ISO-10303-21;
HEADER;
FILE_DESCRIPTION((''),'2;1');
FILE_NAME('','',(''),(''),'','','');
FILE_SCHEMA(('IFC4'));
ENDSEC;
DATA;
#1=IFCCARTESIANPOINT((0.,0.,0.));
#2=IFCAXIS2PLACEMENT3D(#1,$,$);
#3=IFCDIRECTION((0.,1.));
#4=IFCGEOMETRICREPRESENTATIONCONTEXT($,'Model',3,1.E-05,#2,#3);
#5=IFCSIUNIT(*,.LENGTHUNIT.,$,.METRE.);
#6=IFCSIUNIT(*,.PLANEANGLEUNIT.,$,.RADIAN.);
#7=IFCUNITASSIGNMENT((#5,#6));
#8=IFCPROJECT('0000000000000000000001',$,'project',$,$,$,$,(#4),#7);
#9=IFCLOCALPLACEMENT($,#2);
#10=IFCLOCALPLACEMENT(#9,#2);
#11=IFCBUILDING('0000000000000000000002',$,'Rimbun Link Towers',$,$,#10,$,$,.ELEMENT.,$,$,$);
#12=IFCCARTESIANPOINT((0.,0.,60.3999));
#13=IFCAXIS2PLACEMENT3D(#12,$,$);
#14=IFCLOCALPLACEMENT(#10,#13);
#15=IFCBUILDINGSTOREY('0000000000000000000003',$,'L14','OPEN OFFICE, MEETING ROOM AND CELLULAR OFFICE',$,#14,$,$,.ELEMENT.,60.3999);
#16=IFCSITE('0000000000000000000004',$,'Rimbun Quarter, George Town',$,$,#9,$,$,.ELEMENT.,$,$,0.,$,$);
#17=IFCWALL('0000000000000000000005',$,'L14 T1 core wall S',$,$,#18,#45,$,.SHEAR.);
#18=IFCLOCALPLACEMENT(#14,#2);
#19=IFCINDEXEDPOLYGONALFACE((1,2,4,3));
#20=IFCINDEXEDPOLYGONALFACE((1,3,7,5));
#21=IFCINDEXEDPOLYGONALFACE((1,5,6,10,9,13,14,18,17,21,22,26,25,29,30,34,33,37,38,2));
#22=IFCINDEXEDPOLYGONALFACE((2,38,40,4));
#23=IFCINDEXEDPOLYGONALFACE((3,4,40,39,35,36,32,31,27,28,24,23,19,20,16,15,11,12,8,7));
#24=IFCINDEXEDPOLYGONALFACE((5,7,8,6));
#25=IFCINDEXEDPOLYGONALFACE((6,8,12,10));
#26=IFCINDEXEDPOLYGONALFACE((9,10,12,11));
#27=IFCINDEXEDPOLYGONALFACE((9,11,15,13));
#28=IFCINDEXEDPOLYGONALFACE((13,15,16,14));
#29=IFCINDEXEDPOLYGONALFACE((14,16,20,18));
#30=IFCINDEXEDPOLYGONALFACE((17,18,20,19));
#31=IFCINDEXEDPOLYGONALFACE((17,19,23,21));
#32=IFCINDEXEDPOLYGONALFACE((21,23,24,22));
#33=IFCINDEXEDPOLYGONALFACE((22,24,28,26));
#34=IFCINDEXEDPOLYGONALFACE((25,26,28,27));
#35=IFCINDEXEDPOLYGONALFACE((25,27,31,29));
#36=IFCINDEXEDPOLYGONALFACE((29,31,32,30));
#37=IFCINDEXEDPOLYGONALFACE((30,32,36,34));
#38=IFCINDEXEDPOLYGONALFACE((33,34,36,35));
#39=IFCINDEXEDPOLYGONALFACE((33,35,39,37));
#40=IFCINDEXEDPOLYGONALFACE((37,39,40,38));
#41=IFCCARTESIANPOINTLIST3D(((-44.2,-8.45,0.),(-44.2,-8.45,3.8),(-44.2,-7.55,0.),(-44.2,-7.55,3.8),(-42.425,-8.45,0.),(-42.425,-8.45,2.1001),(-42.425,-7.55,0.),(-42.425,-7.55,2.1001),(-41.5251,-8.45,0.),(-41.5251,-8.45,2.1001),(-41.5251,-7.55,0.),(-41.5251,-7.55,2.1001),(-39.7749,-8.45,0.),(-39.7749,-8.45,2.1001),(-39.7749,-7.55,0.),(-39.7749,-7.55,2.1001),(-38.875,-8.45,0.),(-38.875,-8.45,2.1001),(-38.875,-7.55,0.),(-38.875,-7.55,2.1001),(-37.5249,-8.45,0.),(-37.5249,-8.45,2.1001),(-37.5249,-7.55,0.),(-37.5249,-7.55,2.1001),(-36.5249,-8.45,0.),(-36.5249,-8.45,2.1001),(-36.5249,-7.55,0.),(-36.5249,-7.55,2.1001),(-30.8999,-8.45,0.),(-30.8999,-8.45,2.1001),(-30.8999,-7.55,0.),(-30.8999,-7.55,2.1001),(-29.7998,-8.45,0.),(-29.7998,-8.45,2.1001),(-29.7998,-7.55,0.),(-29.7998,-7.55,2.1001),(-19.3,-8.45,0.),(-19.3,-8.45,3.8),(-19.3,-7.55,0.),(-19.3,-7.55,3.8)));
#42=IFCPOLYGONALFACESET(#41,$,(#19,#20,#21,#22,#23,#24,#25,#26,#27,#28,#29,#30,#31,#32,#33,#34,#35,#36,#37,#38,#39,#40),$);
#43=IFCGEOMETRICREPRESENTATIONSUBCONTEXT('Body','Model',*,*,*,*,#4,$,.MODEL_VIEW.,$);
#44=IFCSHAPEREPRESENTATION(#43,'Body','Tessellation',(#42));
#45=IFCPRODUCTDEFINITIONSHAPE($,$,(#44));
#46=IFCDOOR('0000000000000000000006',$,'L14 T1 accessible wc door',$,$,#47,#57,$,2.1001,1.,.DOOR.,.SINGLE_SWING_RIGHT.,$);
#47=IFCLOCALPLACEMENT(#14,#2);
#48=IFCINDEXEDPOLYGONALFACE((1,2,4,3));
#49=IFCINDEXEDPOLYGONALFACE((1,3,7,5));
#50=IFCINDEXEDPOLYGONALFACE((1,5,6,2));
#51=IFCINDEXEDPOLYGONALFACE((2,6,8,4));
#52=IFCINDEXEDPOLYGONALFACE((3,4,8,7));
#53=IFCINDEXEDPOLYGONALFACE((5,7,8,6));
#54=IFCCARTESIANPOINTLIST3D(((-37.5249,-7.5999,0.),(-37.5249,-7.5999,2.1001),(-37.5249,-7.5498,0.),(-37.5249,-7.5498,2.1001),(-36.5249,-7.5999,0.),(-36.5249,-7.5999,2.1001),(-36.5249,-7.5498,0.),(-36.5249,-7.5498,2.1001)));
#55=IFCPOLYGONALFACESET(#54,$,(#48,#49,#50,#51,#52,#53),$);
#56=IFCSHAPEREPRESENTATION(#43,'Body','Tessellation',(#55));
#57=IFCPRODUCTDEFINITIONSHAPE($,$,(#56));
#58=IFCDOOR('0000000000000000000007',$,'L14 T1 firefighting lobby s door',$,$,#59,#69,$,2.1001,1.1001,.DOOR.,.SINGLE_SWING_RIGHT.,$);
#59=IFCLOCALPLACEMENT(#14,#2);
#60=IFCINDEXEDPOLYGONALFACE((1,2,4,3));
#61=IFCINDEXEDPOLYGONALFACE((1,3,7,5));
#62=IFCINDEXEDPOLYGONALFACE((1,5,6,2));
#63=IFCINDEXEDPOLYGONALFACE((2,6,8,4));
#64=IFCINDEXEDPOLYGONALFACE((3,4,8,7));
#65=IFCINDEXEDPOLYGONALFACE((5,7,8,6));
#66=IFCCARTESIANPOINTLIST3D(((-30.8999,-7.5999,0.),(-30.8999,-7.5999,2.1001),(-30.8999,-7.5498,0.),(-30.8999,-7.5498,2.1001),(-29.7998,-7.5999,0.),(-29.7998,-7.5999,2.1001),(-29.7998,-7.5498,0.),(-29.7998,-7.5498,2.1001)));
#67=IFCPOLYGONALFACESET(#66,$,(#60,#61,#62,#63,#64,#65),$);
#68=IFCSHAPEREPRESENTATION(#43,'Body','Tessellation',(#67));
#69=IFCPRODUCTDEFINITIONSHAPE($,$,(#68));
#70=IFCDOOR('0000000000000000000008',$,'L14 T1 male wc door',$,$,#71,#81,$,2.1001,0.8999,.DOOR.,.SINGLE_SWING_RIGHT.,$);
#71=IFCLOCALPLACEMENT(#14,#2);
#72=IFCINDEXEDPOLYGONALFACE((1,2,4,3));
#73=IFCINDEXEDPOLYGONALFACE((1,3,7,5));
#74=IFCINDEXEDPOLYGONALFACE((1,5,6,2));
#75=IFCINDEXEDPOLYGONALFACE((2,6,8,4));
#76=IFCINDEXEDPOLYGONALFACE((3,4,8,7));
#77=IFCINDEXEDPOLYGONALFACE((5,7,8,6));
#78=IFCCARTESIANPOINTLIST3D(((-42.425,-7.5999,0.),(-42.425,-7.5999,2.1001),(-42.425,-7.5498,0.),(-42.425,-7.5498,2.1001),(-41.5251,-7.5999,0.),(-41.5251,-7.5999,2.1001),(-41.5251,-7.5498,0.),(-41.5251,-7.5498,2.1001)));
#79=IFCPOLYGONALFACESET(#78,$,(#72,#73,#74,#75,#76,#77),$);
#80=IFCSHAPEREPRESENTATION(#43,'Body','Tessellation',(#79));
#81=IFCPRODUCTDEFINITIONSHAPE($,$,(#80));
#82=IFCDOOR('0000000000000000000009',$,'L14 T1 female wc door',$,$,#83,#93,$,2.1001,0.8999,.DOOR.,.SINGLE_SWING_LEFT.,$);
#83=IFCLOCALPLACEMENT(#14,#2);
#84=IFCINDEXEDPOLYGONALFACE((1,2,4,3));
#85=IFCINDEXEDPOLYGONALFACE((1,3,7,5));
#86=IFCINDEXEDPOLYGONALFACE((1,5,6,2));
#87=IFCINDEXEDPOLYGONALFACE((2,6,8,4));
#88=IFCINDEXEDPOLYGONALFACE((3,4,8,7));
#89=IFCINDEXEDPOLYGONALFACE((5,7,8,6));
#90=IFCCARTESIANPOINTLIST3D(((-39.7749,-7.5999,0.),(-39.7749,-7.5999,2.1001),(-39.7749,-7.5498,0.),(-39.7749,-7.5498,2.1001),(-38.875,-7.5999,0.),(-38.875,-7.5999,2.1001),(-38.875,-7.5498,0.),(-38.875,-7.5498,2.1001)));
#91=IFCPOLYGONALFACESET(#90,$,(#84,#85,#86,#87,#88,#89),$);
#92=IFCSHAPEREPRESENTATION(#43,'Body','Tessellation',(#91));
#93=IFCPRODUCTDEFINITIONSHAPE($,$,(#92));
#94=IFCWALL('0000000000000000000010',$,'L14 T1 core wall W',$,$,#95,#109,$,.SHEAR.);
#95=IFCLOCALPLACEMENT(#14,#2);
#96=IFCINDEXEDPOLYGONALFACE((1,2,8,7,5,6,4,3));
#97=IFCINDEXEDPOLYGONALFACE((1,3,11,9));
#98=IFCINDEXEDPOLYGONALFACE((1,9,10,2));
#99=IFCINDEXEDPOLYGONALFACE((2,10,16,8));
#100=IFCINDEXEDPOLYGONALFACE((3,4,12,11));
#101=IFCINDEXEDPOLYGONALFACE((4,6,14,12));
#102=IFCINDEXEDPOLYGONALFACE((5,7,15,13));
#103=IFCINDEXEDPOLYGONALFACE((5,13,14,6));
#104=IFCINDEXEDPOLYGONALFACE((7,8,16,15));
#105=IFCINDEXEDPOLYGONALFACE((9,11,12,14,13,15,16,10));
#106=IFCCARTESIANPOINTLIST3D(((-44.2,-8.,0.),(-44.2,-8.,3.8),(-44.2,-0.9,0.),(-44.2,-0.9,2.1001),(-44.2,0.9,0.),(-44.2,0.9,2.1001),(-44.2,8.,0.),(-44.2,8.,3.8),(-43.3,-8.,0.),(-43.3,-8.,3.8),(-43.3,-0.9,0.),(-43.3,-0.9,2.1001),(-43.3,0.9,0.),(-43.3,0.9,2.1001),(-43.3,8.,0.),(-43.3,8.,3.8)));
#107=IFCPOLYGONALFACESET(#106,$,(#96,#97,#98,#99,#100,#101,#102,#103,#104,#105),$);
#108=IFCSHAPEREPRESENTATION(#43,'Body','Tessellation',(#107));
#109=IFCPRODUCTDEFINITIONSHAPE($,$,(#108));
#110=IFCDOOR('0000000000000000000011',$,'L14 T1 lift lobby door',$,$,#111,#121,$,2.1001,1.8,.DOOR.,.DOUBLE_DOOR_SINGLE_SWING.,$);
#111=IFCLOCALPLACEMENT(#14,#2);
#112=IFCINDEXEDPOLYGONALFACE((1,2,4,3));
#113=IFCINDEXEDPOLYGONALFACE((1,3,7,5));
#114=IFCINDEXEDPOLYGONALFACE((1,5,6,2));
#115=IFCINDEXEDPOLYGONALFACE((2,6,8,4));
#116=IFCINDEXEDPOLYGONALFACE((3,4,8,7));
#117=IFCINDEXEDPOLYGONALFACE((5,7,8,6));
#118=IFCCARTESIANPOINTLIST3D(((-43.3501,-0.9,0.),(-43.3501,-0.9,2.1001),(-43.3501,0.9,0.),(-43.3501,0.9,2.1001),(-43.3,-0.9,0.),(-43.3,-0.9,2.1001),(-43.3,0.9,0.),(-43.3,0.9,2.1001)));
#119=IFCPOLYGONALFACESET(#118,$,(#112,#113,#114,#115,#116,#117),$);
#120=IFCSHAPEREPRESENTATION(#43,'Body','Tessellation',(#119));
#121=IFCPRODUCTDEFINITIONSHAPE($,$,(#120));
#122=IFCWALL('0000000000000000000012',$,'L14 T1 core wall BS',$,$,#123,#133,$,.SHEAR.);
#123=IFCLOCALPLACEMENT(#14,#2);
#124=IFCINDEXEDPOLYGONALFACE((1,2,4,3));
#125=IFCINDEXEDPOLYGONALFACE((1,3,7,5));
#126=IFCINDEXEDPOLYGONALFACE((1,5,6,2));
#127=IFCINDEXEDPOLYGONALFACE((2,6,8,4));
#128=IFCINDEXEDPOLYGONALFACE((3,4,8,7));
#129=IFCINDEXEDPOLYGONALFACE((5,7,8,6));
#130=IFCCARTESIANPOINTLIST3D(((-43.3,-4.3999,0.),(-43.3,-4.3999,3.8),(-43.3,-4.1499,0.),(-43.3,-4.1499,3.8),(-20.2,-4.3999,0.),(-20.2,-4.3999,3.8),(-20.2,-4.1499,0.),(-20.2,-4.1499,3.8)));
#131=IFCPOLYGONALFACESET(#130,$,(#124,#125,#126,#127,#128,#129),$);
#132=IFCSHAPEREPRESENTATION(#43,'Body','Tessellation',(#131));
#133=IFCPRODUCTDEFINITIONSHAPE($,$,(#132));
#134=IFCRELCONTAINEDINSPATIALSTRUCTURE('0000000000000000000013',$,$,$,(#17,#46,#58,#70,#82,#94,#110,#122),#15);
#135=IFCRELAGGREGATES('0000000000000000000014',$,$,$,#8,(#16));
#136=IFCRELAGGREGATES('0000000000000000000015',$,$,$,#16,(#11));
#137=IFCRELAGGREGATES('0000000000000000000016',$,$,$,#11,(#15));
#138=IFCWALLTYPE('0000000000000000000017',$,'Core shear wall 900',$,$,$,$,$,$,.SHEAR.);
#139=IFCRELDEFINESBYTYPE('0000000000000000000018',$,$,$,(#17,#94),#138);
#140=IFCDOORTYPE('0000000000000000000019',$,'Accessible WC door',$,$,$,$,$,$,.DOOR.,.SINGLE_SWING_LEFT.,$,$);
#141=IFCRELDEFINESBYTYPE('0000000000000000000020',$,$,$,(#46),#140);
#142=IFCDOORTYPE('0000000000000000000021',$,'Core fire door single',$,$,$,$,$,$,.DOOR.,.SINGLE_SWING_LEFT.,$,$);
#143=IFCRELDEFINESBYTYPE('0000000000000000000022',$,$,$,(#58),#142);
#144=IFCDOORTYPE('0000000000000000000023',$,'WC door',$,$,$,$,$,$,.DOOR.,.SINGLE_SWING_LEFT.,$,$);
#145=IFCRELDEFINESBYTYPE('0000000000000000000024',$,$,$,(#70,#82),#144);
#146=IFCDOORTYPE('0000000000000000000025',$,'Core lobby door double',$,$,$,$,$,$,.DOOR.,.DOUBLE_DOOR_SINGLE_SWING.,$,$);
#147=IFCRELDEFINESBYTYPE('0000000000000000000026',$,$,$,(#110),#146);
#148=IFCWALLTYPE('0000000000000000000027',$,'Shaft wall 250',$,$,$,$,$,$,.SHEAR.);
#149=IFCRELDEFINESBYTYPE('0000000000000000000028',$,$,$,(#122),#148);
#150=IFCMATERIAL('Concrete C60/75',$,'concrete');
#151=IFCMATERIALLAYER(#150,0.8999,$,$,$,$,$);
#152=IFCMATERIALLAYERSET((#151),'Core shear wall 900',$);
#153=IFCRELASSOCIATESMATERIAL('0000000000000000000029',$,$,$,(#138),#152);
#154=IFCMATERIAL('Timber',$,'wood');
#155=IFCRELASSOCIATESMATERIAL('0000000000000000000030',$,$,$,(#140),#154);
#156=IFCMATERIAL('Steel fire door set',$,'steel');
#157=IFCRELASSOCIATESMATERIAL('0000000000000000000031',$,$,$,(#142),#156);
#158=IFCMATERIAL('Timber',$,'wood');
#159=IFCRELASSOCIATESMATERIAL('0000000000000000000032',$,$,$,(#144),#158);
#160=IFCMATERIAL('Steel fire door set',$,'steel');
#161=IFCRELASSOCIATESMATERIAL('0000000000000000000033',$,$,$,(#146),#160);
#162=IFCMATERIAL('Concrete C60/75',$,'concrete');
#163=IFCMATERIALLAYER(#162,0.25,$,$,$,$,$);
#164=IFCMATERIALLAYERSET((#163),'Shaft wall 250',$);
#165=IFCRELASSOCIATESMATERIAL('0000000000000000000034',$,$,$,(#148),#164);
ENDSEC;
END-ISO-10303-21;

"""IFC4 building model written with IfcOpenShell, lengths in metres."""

from ifc_helpers import new_model, si_unit, direction, frame, frame_2d, origin, place, context, subcontext, project, spatial, rectangle, extrude, material, layer, layer_set, type_object, element, fill, save


model = new_model("IFC4")

# Units and contexts
model_context = context("Model", 3, precision=1e-05, world=origin(), true_north=direction((0.0, 1.0)))
body_context = subcontext(model_context, "Body", "Model", "MODEL_VIEW")
ifc_project = project(units=[si_unit("LENGTHUNIT", "METRE"), si_unit("PLANEANGLEUNIT", "RADIAN")], contexts=[model_context])

# Site, building, storey
site_placement = place(None, origin())
site = spatial("IfcSite", under=ifc_project, at=site_placement, Name="Rimbun Quarter, George Town", CompositionType="ELEMENT", RefElevation=0.0)
building_placement = place(site_placement, origin())
building = spatial("IfcBuilding", under=site, at=building_placement, Name="Rimbun Link Towers", CompositionType="ELEMENT")
storey_placement = place(building_placement, frame((0.0, 0.0, 60.3999)))
storey = spatial("IfcBuildingStorey", under=building, at=storey_placement, Name="L14", Description="OPEN OFFICE, MEETING ROOM AND CELLULAR OFFICE", CompositionType="ELEMENT", Elevation=60.3999)

# Wall, openings, doors
ifc_material_1 = material(Name="Concrete C60/75", Category="concrete")
ifc_layer_1 = layer(ifc_material_1, 0.8999)
ifc_layer_set_1 = layer_set([ifc_layer_1], Name="Core shear wall 900")
wall_type_1 = type_object("IfcWallType", Name="Core shear wall 900", PredefinedType="SHEAR", material=ifc_layer_set_1)
wall_1_placement = place(storey_placement, frame((-44.2, -8.0, 0.0), z_axis=(0.0, 0.0, 1.0), x_axis=(1.0, 0.0, 0.0)))
wall_1 = element("IfcWall", 1, at=wall_1_placement, inside=storey, type_object=wall_type_1, Name="L14 T1 core wall S", PredefinedType="SHEAR", context=body_context, shape_type="SweptSolid", body=[
    extrude(rectangle(XDim=24.8999, YDim=0.8999, at=frame_2d((12.45, 0.0))), origin(), (0.0, 0.0, 1.0), 3.8),
])
opening_1_placement = place(wall_1_placement, frame((13.3, 0.0, 0.0)))
opening_1 = element("IfcOpeningElement", 2, at=opening_1_placement, cuts=wall_1, PredefinedType="OPENING", context=body_context, shape_type="SweptSolid", body=[
    extrude(rectangle(XDim=1.1001, YDim=2.1001, at=frame_2d((0.55, 1.05))), frame((0.0, 0.46, 0.0), z_axis=(0.0, -1.0, 0.0), x_axis=(1.0, 0.0, 0.0)), (0.0, 0.0, 1.0), 0.9199),
])
opening_2_placement = place(wall_1_placement, frame((1.7749, 0.0, 0.0)))
opening_2 = element("IfcOpeningElement", 3, at=opening_2_placement, cuts=wall_1, PredefinedType="OPENING", context=body_context, shape_type="SweptSolid", body=[
    extrude(rectangle(XDim=0.8999, YDim=2.1001, at=frame_2d((0.45, 1.05))), frame((0.0, 0.46, 0.0), z_axis=(0.0, -1.0, 0.0), x_axis=(1.0, 0.0, 0.0)), (0.0, 0.0, 1.0), 0.9199),
])
opening_3_placement = place(wall_1_placement, frame((4.425, 0.0, 0.0)))
opening_3 = element("IfcOpeningElement", 4, at=opening_3_placement, cuts=wall_1, PredefinedType="OPENING", context=body_context, shape_type="SweptSolid", body=[
    extrude(rectangle(XDim=0.8999, YDim=2.1001, at=frame_2d((0.45, 1.05))), frame((0.0, 0.46, 0.0), z_axis=(0.0, -1.0, 0.0), x_axis=(1.0, 0.0, 0.0)), (0.0, 0.0, 1.0), 0.9199),
])
opening_4_placement = place(wall_1_placement, frame((6.675, 0.0, 0.0)))
opening_4 = element("IfcOpeningElement", 5, at=opening_4_placement, cuts=wall_1, PredefinedType="OPENING", context=body_context, shape_type="SweptSolid", body=[
    extrude(rectangle(XDim=1.0, YDim=2.1001, at=frame_2d((0.5, 1.05))), frame((0.0, 0.46, 0.0), z_axis=(0.0, -1.0, 0.0), x_axis=(1.0, 0.0, 0.0)), (0.0, 0.0, 1.0), 0.9199),
])
ifc_material_2 = material(Name="Timber", Category="wood")
door_type_1 = type_object("IfcDoorType", Name="Accessible WC door", OperationType="SINGLE_SWING_LEFT", PredefinedType="DOOR", material=ifc_material_2)
door_1_placement = place(opening_4_placement, origin())
door_1 = element("IfcDoor", 6, at=door_1_placement, inside=storey, type_object=door_type_1, Name="L14 T1 accessible wc door", OperationType="SINGLE_SWING_RIGHT", OverallHeight=2.1001, OverallWidth=1.0, PredefinedType="DOOR", context=body_context, shape_type="SweptSolid", body=[
    extrude(rectangle(XDim=1.0, YDim=2.1001, at=frame_2d((0.5, 1.05))), frame((0.0, 0.4502, 0.0), z_axis=(0.0, -1.0, 0.0), x_axis=(1.0, 0.0, 0.0)), (0.0, 0.0, 1.0), 0.05),
])
fill(opening_4, door_1)
ifc_material_3 = material(Name="Steel fire door set", Category="steel")
door_type_2 = type_object("IfcDoorType", Name="Core fire door single", OperationType="SINGLE_SWING_LEFT", PredefinedType="DOOR", material=ifc_material_3)
door_2_placement = place(opening_1_placement, origin())
door_2 = element("IfcDoor", 7, at=door_2_placement, inside=storey, type_object=door_type_2, Name="L14 T1 firefighting lobby s door", OperationType="SINGLE_SWING_RIGHT", OverallHeight=2.1001, OverallWidth=1.1001, PredefinedType="DOOR", context=body_context, shape_type="SweptSolid", body=[
    extrude(rectangle(XDim=1.1001, YDim=2.1001, at=frame_2d((0.55, 1.05))), frame((0.0, 0.4502, 0.0), z_axis=(0.0, -1.0, 0.0), x_axis=(1.0, 0.0, 0.0)), (0.0, 0.0, 1.0), 0.05),
])
fill(opening_1, door_2)
ifc_material_4 = material(Name="Timber", Category="wood")
door_type_3 = type_object("IfcDoorType", Name="WC door", OperationType="SINGLE_SWING_LEFT", PredefinedType="DOOR", material=ifc_material_4)
door_3_placement = place(opening_2_placement, origin())
door_3 = element("IfcDoor", 8, at=door_3_placement, inside=storey, type_object=door_type_3, Name="L14 T1 male wc door", OperationType="SINGLE_SWING_RIGHT", OverallHeight=2.1001, OverallWidth=0.8999, PredefinedType="DOOR", context=body_context, shape_type="SweptSolid", body=[
    extrude(rectangle(XDim=0.8999, YDim=2.1001, at=frame_2d((0.45, 1.05))), frame((0.0, 0.4502, 0.0), z_axis=(0.0, -1.0, 0.0), x_axis=(1.0, 0.0, 0.0)), (0.0, 0.0, 1.0), 0.05),
])
fill(opening_2, door_3)
door_4_placement = place(opening_3_placement, origin())
door_4 = element("IfcDoor", 9, at=door_4_placement, inside=storey, type_object=door_type_3, Name="L14 T1 female wc door", OperationType="SINGLE_SWING_LEFT", OverallHeight=2.1001, OverallWidth=0.8999, PredefinedType="DOOR", context=body_context, shape_type="SweptSolid", body=[
    extrude(rectangle(XDim=0.8999, YDim=2.1001, at=frame_2d((0.45, 1.05))), frame((0.0, 0.4502, 0.0), z_axis=(0.0, -1.0, 0.0), x_axis=(1.0, 0.0, 0.0)), (0.0, 0.0, 1.0), 0.05),
])
fill(opening_3, door_4)

# Wall, opening, door
wall_2_placement = place(storey_placement, frame((-43.75, -8.0, 0.0), z_axis=(0.0, 0.0, 1.0), x_axis=(0.0, 1.0, 0.0)))
wall_2 = element("IfcWall", 10, at=wall_2_placement, inside=storey, type_object=wall_type_1, Name="L14 T1 core wall W", PredefinedType="SHEAR", context=body_context, shape_type="SweptSolid", body=[
    extrude(rectangle(XDim=16.0, YDim=0.8999, at=frame_2d((8.0, 0.0))), origin(), (0.0, 0.0, 1.0), 3.8),
])
opening_5_placement = place(wall_2_placement, frame((7.1001, 0.0, 0.0)))
opening_5 = element("IfcOpeningElement", 11, at=opening_5_placement, cuts=wall_2, PredefinedType="OPENING", context=body_context, shape_type="SweptSolid", body=[
    extrude(rectangle(XDim=1.8, YDim=2.1001, at=frame_2d((0.8999, 1.05))), frame((0.0, 0.46, 0.0), z_axis=(0.0, -1.0, 0.0), x_axis=(1.0, 0.0, 0.0)), (0.0, 0.0, 1.0), 0.9199),
])
ifc_material_5 = material(Name="Steel fire door set", Category="steel")
door_type_4 = type_object("IfcDoorType", Name="Core lobby door double", OperationType="DOUBLE_DOOR_SINGLE_SWING", PredefinedType="DOOR", material=ifc_material_5)
door_5_placement = place(opening_5_placement, origin())
door_5 = element("IfcDoor", 12, at=door_5_placement, inside=storey, type_object=door_type_4, Name="L14 T1 lift lobby door", OperationType="DOUBLE_DOOR_SINGLE_SWING", OverallHeight=2.1001, OverallWidth=1.8, PredefinedType="DOOR", context=body_context, shape_type="SweptSolid", body=[
    extrude(rectangle(XDim=1.8, YDim=2.1001, at=frame_2d((0.8999, 1.05))), frame((0.0, -0.3999, 0.0), z_axis=(0.0, -1.0, 0.0), x_axis=(1.0, 0.0, 0.0)), (0.0, 0.0, 1.0), 0.05),
])
fill(opening_5, door_5)

# Wall
ifc_material_6 = material(Name="Concrete C60/75", Category="concrete")
ifc_layer_2 = layer(ifc_material_6, 0.25)
ifc_layer_set_2 = layer_set([ifc_layer_2], Name="Shaft wall 250")
wall_type_2 = type_object("IfcWallType", Name="Shaft wall 250", PredefinedType="SHEAR", material=ifc_layer_set_2)
wall_3_placement = place(storey_placement, frame((-43.3, -4.2749, 0.0), z_axis=(0.0, 0.0, 1.0), x_axis=(1.0, 0.0, 0.0)))
element("IfcWall", 13, at=wall_3_placement, inside=storey, type_object=wall_type_2, Name="L14 T1 core wall BS", PredefinedType="SHEAR", context=body_context, shape_type="SweptSolid", body=[
    extrude(rectangle(XDim=23.1001, YDim=0.25, at=frame_2d((11.55, 0.0))), origin(), (0.0, 0.0, 1.0), 3.8),
])

save(model, "model.ifc")
